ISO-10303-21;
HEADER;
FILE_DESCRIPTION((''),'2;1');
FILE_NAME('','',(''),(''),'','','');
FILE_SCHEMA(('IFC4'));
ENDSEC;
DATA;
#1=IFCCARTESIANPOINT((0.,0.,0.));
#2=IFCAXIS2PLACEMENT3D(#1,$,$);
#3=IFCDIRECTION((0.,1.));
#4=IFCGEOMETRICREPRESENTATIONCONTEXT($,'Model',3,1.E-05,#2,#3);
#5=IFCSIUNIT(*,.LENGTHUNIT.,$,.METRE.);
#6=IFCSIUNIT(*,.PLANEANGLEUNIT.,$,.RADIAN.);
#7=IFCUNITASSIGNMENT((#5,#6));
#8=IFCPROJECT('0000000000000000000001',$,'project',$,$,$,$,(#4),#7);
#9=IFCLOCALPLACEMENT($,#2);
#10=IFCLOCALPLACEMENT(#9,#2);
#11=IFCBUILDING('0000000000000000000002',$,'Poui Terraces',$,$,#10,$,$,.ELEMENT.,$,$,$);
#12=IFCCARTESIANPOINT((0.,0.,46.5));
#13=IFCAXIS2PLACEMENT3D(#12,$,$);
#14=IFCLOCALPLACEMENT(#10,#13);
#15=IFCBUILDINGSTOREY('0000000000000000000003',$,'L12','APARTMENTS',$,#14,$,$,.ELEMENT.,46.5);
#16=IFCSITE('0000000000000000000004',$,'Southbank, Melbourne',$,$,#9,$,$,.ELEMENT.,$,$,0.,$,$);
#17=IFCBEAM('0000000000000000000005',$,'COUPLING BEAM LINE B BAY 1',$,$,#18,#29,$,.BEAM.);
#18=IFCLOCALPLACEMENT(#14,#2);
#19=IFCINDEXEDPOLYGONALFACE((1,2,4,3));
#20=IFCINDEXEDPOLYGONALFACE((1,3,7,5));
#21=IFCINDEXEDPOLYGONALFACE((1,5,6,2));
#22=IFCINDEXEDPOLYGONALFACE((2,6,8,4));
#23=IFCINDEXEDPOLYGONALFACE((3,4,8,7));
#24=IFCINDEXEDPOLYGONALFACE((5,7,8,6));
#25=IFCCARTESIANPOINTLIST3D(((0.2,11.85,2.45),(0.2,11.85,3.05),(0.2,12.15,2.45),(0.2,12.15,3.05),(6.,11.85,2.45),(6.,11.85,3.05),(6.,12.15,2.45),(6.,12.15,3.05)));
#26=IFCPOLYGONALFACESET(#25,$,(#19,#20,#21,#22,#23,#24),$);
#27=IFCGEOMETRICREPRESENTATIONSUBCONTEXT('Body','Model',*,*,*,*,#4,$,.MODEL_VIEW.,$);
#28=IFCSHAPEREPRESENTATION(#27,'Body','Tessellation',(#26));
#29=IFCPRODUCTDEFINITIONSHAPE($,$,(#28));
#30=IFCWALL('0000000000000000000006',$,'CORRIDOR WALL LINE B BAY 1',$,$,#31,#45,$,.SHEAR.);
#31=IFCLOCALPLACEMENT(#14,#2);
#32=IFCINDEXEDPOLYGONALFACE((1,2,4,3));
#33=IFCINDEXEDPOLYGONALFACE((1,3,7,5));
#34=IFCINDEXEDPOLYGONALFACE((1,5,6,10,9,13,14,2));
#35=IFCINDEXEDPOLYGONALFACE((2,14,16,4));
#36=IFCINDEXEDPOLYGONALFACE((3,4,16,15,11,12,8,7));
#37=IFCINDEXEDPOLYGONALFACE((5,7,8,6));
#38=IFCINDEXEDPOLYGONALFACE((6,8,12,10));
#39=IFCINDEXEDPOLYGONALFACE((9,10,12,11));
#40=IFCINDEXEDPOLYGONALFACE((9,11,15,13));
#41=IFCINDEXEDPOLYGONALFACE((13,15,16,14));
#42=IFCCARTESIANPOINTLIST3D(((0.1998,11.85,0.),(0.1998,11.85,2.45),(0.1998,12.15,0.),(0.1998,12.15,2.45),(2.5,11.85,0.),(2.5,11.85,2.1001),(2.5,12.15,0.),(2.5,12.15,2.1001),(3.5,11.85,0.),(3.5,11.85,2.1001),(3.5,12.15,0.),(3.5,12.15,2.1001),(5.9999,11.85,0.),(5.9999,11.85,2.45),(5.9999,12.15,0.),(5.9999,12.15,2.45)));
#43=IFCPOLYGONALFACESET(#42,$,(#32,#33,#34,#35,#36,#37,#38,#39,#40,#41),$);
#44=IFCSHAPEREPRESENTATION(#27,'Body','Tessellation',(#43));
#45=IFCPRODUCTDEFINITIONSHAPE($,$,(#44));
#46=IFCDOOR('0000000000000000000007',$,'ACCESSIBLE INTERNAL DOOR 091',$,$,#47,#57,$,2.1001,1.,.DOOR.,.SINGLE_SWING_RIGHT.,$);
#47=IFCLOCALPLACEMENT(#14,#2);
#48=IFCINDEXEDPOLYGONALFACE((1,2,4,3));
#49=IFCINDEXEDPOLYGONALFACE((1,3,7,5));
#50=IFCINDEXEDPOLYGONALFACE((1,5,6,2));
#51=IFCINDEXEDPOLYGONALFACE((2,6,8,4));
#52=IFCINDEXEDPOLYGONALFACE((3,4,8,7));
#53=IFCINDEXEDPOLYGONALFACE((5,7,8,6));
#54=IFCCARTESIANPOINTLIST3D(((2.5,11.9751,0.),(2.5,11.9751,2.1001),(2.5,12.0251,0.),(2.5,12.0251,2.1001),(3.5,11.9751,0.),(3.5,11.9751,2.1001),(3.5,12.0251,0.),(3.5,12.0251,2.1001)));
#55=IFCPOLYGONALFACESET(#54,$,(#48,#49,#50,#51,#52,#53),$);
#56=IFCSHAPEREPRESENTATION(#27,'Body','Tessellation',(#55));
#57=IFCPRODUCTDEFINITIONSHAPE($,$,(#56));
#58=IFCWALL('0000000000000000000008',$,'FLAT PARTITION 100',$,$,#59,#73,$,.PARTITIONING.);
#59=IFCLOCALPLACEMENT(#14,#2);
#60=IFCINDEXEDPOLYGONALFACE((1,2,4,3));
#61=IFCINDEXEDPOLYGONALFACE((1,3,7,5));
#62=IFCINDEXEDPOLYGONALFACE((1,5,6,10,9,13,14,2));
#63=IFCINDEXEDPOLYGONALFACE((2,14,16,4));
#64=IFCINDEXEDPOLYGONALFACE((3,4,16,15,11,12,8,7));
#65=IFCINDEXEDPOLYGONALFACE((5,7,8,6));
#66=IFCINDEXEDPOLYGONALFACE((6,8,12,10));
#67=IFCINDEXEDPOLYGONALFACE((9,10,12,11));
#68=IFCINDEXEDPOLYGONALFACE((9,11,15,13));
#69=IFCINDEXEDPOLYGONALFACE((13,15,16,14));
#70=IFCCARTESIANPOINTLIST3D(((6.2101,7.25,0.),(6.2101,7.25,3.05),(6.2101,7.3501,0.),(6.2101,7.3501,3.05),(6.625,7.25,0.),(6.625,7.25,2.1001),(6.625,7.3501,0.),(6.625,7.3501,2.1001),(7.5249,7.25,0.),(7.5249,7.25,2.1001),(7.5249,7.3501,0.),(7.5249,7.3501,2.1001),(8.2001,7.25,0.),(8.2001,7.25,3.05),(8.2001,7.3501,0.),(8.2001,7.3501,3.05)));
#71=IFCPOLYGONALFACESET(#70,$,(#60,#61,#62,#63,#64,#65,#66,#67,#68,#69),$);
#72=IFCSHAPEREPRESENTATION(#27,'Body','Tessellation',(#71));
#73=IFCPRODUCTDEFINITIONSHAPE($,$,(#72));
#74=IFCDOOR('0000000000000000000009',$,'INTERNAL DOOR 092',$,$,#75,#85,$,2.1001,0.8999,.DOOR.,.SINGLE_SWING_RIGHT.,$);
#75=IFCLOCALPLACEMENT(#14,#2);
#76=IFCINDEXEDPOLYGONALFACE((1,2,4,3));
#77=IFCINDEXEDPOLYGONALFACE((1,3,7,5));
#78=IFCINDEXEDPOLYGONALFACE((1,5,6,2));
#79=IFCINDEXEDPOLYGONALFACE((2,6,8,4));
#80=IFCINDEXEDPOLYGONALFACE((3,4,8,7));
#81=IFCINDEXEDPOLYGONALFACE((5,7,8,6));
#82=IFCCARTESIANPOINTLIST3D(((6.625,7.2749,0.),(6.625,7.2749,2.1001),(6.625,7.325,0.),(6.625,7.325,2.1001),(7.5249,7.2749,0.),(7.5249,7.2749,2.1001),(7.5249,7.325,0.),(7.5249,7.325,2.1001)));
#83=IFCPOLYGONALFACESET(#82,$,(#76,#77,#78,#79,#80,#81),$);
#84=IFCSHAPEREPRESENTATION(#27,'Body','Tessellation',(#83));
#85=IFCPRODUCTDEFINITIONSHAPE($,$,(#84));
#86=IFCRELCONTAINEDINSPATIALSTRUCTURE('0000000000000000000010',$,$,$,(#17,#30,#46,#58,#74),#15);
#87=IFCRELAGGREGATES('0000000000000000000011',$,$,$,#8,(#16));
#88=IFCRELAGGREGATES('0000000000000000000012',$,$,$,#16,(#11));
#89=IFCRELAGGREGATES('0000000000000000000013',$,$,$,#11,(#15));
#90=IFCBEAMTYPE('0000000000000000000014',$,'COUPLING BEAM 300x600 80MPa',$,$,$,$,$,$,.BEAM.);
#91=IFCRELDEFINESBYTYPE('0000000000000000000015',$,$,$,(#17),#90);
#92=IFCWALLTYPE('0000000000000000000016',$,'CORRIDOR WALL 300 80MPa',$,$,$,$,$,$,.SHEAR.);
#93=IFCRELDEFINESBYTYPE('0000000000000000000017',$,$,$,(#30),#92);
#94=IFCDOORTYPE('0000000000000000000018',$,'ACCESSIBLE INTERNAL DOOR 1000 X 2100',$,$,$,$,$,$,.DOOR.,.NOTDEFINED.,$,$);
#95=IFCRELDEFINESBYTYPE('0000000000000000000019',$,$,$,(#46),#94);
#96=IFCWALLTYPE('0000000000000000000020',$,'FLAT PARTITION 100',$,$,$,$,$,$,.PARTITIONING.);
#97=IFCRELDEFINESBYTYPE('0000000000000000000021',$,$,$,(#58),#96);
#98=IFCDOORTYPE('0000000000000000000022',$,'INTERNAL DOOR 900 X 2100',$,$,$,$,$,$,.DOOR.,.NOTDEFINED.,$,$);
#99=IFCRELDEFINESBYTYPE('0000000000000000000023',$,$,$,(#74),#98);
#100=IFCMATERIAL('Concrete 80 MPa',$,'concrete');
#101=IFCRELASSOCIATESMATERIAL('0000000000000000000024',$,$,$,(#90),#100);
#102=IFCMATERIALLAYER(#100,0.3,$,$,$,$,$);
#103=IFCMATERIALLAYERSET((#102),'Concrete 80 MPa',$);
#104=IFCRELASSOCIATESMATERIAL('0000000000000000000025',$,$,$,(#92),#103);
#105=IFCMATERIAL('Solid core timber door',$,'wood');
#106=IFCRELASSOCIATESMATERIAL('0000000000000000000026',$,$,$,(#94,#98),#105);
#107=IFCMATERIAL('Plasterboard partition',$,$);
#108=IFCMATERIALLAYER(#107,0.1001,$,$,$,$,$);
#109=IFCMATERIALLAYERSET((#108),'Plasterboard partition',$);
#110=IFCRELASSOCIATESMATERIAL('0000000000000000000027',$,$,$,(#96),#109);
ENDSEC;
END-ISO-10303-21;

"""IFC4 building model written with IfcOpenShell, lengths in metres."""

from ifc_helpers import new_model, si_unit, direction, frame, frame_2d, origin, origin_2d, place, context, subcontext, project, spatial, rectangle, extrude, source, transform, mapped, material, layer, layer_set, material_profile, profile_set, type_object, element, fill, save


model = new_model("IFC4")

# Units and contexts
model_context = context("Model", 3, precision=1e-05, world=origin(), true_north=direction((0.0, 1.0)))
body_context = subcontext(model_context, "Body", "Model", "MODEL_VIEW")
ifc_project = project(units=[si_unit("LENGTHUNIT", "METRE"), si_unit("PLANEANGLEUNIT", "RADIAN")], contexts=[model_context])

# Site, building, storey
site_placement = place(None, origin())
site = spatial("IfcSite", under=ifc_project, at=site_placement, Name="Southbank, Melbourne", CompositionType="ELEMENT", RefElevation=0.0)
building_placement = place(site_placement, origin())
building = spatial("IfcBuilding", under=site, at=building_placement, Name="Poui Terraces", CompositionType="ELEMENT")
storey_placement = place(building_placement, frame((0.0, 0.0, 46.5)))
storey = spatial("IfcBuildingStorey", under=building, at=storey_placement, Name="L12", Description="APARTMENTS", CompositionType="ELEMENT", Elevation=46.5)

# Beam
ifc_material_1 = material(Name="Concrete 80 MPa", Category="concrete")
ifc_material_profile = material_profile(ifc_material_1, rectangle(XDim=0.3, YDim=0.6001, at=origin_2d()), Name="RC 300x600")
ifc_profile_set = profile_set([ifc_material_profile], Name="Concrete 80 MPa")
beam_type = type_object("IfcBeamType", Name="COUPLING BEAM 300x600 80MPa", PredefinedType="BEAM", material=ifc_profile_set)
shared_shape = source(origin(), body_context, "Body", "SweptSolid", [
    extrude(rectangle(XDim=0.3, YDim=0.6001, at=origin_2d()), origin(), (0.0, 0.0, 1.0), 5.8),
])
beam_placement = place(storey_placement, frame((0.2, 12.0, 2.75), z_axis=(1.0, 0.0, 0.0), x_axis=(0.0, 1.0, 0.0)))
element("IfcBeam", 1, at=beam_placement, inside=storey, type_object=beam_type, Name="COUPLING BEAM LINE B BAY 1", PredefinedType="BEAM", context=body_context, shape_type="MappedRepresentation", body=[
    mapped(shared_shape, transform((0.0, 0.0, 0.0))),
])

# Walls, openings, doors
ifc_layer_1 = layer(ifc_material_1, 0.3)
ifc_layer_set_1 = layer_set([ifc_layer_1], Name="Concrete 80 MPa")
wall_type_1 = type_object("IfcWallType", Name="CORRIDOR WALL 300 80MPa", PredefinedType="SHEAR", material=ifc_layer_set_1)
wall_1_placement = place(storey_placement, frame((0.2, 12.0, 0.0), z_axis=(0.0, 0.0, 1.0), x_axis=(1.0, 0.0, 0.0)))
wall_1 = element("IfcWall", 2, at=wall_1_placement, inside=storey, type_object=wall_type_1, Name="CORRIDOR WALL LINE B BAY 1", PredefinedType="SHEAR", context=body_context, shape_type="SweptSolid", body=[
    extrude(rectangle(XDim=5.8, YDim=0.3, at=frame_2d((2.8999, 0.0))), origin(), (0.0, 0.0, 1.0), 2.45),
])
opening_1_placement = place(wall_1_placement, frame((2.3, 0.0, 0.0)))
opening_1 = element("IfcOpeningElement", 3, at=opening_1_placement, cuts=wall_1, PredefinedType="OPENING", context=body_context, shape_type="SweptSolid", body=[
    extrude(rectangle(XDim=1.0, YDim=2.1001, at=frame_2d((0.5, 1.05))), frame((0.0, 0.1602, 0.0), z_axis=(0.0, -1.0, 0.0), x_axis=(1.0, 0.0, 0.0)), (0.0, 0.0, 1.0), 0.3201),
])
ifc_material_2 = material(Name="Solid core timber door", Category="wood")
door_type_1 = type_object("IfcDoorType", Name="ACCESSIBLE INTERNAL DOOR 1000 X 2100", OperationType="NOTDEFINED", PredefinedType="DOOR", material=ifc_material_2)
door_1_placement = place(opening_1_placement, frame((1.0, 0.0, 0.0), z_axis=(0.0, 0.0, 1.0), x_axis=(-1.0, 0.0, 0.0)))
door_1 = element("IfcDoor", 4, at=door_1_placement, inside=storey, type_object=door_type_1, Name="ACCESSIBLE INTERNAL DOOR 091", OperationType="SINGLE_SWING_RIGHT", OverallHeight=2.1001, OverallWidth=1.0, PredefinedType="DOOR", context=body_context, shape_type="SweptSolid", body=[
    extrude(rectangle(XDim=1.0, YDim=2.1001, at=frame_2d((0.5, 1.05))), frame((0.0, 0.0249, 0.0), z_axis=(0.0, -1.0, 0.0), x_axis=(1.0, 0.0, 0.0)), (0.0, 0.0, 1.0), 0.05),
])
fill(opening_1, door_1)
ifc_material_3 = material(Name="Plasterboard partition")
ifc_layer_2 = layer(ifc_material_3, 0.1001)
ifc_layer_set_2 = layer_set([ifc_layer_2], Name="Plasterboard partition")
wall_type_2 = type_object("IfcWallType", Name="FLAT PARTITION 100", PredefinedType="PARTITIONING", material=ifc_layer_set_2)
wall_2_placement = place(storey_placement, frame((6.21, 7.3, 0.0), z_axis=(0.0, 0.0, 1.0), x_axis=(1.0, 0.0, 0.0)))
wall_2 = element("IfcWall", 5, at=wall_2_placement, inside=storey, type_object=wall_type_2, Name="FLAT PARTITION 100", PredefinedType="PARTITIONING", context=body_context, shape_type="SweptSolid", body=[
    extrude(rectangle(XDim=1.99, YDim=0.1001, at=frame_2d((0.9951, 0.0))), origin(), (0.0, 0.0, 1.0), 3.05),
])
opening_2_placement = place(wall_2_placement, frame((0.415, 0.0, 0.0)))
opening_2 = element("IfcOpeningElement", 6, at=opening_2_placement, cuts=wall_2, PredefinedType="OPENING", context=body_context, shape_type="SweptSolid", body=[
    extrude(rectangle(XDim=0.8999, YDim=2.1001, at=frame_2d((0.45, 1.05))), frame((0.0, 0.0601, 0.0), z_axis=(0.0, -1.0, 0.0), x_axis=(1.0, 0.0, 0.0)), (0.0, 0.0, 1.0), 0.1201),
])
door_type_2 = type_object("IfcDoorType", Name="INTERNAL DOOR 900 X 2100", OperationType="NOTDEFINED", PredefinedType="DOOR", material=ifc_material_2)
door_2_placement = place(opening_2_placement, origin())
door_2 = element("IfcDoor", 7, at=door_2_placement, inside=storey, type_object=door_type_2, Name="INTERNAL DOOR 092", OperationType="SINGLE_SWING_RIGHT", OverallHeight=2.1001, OverallWidth=0.8999, PredefinedType="DOOR", context=body_context, shape_type="SweptSolid", body=[
    extrude(rectangle(XDim=0.8999, YDim=2.1001, at=frame_2d((0.45, 1.05))), frame((0.0, 0.0249, 0.0), z_axis=(0.0, -1.0, 0.0), x_axis=(1.0, 0.0, 0.0)), (0.0, 0.0, 1.0), 0.05),
])
fill(opening_2, door_2)

save(model, "model.ifc")
